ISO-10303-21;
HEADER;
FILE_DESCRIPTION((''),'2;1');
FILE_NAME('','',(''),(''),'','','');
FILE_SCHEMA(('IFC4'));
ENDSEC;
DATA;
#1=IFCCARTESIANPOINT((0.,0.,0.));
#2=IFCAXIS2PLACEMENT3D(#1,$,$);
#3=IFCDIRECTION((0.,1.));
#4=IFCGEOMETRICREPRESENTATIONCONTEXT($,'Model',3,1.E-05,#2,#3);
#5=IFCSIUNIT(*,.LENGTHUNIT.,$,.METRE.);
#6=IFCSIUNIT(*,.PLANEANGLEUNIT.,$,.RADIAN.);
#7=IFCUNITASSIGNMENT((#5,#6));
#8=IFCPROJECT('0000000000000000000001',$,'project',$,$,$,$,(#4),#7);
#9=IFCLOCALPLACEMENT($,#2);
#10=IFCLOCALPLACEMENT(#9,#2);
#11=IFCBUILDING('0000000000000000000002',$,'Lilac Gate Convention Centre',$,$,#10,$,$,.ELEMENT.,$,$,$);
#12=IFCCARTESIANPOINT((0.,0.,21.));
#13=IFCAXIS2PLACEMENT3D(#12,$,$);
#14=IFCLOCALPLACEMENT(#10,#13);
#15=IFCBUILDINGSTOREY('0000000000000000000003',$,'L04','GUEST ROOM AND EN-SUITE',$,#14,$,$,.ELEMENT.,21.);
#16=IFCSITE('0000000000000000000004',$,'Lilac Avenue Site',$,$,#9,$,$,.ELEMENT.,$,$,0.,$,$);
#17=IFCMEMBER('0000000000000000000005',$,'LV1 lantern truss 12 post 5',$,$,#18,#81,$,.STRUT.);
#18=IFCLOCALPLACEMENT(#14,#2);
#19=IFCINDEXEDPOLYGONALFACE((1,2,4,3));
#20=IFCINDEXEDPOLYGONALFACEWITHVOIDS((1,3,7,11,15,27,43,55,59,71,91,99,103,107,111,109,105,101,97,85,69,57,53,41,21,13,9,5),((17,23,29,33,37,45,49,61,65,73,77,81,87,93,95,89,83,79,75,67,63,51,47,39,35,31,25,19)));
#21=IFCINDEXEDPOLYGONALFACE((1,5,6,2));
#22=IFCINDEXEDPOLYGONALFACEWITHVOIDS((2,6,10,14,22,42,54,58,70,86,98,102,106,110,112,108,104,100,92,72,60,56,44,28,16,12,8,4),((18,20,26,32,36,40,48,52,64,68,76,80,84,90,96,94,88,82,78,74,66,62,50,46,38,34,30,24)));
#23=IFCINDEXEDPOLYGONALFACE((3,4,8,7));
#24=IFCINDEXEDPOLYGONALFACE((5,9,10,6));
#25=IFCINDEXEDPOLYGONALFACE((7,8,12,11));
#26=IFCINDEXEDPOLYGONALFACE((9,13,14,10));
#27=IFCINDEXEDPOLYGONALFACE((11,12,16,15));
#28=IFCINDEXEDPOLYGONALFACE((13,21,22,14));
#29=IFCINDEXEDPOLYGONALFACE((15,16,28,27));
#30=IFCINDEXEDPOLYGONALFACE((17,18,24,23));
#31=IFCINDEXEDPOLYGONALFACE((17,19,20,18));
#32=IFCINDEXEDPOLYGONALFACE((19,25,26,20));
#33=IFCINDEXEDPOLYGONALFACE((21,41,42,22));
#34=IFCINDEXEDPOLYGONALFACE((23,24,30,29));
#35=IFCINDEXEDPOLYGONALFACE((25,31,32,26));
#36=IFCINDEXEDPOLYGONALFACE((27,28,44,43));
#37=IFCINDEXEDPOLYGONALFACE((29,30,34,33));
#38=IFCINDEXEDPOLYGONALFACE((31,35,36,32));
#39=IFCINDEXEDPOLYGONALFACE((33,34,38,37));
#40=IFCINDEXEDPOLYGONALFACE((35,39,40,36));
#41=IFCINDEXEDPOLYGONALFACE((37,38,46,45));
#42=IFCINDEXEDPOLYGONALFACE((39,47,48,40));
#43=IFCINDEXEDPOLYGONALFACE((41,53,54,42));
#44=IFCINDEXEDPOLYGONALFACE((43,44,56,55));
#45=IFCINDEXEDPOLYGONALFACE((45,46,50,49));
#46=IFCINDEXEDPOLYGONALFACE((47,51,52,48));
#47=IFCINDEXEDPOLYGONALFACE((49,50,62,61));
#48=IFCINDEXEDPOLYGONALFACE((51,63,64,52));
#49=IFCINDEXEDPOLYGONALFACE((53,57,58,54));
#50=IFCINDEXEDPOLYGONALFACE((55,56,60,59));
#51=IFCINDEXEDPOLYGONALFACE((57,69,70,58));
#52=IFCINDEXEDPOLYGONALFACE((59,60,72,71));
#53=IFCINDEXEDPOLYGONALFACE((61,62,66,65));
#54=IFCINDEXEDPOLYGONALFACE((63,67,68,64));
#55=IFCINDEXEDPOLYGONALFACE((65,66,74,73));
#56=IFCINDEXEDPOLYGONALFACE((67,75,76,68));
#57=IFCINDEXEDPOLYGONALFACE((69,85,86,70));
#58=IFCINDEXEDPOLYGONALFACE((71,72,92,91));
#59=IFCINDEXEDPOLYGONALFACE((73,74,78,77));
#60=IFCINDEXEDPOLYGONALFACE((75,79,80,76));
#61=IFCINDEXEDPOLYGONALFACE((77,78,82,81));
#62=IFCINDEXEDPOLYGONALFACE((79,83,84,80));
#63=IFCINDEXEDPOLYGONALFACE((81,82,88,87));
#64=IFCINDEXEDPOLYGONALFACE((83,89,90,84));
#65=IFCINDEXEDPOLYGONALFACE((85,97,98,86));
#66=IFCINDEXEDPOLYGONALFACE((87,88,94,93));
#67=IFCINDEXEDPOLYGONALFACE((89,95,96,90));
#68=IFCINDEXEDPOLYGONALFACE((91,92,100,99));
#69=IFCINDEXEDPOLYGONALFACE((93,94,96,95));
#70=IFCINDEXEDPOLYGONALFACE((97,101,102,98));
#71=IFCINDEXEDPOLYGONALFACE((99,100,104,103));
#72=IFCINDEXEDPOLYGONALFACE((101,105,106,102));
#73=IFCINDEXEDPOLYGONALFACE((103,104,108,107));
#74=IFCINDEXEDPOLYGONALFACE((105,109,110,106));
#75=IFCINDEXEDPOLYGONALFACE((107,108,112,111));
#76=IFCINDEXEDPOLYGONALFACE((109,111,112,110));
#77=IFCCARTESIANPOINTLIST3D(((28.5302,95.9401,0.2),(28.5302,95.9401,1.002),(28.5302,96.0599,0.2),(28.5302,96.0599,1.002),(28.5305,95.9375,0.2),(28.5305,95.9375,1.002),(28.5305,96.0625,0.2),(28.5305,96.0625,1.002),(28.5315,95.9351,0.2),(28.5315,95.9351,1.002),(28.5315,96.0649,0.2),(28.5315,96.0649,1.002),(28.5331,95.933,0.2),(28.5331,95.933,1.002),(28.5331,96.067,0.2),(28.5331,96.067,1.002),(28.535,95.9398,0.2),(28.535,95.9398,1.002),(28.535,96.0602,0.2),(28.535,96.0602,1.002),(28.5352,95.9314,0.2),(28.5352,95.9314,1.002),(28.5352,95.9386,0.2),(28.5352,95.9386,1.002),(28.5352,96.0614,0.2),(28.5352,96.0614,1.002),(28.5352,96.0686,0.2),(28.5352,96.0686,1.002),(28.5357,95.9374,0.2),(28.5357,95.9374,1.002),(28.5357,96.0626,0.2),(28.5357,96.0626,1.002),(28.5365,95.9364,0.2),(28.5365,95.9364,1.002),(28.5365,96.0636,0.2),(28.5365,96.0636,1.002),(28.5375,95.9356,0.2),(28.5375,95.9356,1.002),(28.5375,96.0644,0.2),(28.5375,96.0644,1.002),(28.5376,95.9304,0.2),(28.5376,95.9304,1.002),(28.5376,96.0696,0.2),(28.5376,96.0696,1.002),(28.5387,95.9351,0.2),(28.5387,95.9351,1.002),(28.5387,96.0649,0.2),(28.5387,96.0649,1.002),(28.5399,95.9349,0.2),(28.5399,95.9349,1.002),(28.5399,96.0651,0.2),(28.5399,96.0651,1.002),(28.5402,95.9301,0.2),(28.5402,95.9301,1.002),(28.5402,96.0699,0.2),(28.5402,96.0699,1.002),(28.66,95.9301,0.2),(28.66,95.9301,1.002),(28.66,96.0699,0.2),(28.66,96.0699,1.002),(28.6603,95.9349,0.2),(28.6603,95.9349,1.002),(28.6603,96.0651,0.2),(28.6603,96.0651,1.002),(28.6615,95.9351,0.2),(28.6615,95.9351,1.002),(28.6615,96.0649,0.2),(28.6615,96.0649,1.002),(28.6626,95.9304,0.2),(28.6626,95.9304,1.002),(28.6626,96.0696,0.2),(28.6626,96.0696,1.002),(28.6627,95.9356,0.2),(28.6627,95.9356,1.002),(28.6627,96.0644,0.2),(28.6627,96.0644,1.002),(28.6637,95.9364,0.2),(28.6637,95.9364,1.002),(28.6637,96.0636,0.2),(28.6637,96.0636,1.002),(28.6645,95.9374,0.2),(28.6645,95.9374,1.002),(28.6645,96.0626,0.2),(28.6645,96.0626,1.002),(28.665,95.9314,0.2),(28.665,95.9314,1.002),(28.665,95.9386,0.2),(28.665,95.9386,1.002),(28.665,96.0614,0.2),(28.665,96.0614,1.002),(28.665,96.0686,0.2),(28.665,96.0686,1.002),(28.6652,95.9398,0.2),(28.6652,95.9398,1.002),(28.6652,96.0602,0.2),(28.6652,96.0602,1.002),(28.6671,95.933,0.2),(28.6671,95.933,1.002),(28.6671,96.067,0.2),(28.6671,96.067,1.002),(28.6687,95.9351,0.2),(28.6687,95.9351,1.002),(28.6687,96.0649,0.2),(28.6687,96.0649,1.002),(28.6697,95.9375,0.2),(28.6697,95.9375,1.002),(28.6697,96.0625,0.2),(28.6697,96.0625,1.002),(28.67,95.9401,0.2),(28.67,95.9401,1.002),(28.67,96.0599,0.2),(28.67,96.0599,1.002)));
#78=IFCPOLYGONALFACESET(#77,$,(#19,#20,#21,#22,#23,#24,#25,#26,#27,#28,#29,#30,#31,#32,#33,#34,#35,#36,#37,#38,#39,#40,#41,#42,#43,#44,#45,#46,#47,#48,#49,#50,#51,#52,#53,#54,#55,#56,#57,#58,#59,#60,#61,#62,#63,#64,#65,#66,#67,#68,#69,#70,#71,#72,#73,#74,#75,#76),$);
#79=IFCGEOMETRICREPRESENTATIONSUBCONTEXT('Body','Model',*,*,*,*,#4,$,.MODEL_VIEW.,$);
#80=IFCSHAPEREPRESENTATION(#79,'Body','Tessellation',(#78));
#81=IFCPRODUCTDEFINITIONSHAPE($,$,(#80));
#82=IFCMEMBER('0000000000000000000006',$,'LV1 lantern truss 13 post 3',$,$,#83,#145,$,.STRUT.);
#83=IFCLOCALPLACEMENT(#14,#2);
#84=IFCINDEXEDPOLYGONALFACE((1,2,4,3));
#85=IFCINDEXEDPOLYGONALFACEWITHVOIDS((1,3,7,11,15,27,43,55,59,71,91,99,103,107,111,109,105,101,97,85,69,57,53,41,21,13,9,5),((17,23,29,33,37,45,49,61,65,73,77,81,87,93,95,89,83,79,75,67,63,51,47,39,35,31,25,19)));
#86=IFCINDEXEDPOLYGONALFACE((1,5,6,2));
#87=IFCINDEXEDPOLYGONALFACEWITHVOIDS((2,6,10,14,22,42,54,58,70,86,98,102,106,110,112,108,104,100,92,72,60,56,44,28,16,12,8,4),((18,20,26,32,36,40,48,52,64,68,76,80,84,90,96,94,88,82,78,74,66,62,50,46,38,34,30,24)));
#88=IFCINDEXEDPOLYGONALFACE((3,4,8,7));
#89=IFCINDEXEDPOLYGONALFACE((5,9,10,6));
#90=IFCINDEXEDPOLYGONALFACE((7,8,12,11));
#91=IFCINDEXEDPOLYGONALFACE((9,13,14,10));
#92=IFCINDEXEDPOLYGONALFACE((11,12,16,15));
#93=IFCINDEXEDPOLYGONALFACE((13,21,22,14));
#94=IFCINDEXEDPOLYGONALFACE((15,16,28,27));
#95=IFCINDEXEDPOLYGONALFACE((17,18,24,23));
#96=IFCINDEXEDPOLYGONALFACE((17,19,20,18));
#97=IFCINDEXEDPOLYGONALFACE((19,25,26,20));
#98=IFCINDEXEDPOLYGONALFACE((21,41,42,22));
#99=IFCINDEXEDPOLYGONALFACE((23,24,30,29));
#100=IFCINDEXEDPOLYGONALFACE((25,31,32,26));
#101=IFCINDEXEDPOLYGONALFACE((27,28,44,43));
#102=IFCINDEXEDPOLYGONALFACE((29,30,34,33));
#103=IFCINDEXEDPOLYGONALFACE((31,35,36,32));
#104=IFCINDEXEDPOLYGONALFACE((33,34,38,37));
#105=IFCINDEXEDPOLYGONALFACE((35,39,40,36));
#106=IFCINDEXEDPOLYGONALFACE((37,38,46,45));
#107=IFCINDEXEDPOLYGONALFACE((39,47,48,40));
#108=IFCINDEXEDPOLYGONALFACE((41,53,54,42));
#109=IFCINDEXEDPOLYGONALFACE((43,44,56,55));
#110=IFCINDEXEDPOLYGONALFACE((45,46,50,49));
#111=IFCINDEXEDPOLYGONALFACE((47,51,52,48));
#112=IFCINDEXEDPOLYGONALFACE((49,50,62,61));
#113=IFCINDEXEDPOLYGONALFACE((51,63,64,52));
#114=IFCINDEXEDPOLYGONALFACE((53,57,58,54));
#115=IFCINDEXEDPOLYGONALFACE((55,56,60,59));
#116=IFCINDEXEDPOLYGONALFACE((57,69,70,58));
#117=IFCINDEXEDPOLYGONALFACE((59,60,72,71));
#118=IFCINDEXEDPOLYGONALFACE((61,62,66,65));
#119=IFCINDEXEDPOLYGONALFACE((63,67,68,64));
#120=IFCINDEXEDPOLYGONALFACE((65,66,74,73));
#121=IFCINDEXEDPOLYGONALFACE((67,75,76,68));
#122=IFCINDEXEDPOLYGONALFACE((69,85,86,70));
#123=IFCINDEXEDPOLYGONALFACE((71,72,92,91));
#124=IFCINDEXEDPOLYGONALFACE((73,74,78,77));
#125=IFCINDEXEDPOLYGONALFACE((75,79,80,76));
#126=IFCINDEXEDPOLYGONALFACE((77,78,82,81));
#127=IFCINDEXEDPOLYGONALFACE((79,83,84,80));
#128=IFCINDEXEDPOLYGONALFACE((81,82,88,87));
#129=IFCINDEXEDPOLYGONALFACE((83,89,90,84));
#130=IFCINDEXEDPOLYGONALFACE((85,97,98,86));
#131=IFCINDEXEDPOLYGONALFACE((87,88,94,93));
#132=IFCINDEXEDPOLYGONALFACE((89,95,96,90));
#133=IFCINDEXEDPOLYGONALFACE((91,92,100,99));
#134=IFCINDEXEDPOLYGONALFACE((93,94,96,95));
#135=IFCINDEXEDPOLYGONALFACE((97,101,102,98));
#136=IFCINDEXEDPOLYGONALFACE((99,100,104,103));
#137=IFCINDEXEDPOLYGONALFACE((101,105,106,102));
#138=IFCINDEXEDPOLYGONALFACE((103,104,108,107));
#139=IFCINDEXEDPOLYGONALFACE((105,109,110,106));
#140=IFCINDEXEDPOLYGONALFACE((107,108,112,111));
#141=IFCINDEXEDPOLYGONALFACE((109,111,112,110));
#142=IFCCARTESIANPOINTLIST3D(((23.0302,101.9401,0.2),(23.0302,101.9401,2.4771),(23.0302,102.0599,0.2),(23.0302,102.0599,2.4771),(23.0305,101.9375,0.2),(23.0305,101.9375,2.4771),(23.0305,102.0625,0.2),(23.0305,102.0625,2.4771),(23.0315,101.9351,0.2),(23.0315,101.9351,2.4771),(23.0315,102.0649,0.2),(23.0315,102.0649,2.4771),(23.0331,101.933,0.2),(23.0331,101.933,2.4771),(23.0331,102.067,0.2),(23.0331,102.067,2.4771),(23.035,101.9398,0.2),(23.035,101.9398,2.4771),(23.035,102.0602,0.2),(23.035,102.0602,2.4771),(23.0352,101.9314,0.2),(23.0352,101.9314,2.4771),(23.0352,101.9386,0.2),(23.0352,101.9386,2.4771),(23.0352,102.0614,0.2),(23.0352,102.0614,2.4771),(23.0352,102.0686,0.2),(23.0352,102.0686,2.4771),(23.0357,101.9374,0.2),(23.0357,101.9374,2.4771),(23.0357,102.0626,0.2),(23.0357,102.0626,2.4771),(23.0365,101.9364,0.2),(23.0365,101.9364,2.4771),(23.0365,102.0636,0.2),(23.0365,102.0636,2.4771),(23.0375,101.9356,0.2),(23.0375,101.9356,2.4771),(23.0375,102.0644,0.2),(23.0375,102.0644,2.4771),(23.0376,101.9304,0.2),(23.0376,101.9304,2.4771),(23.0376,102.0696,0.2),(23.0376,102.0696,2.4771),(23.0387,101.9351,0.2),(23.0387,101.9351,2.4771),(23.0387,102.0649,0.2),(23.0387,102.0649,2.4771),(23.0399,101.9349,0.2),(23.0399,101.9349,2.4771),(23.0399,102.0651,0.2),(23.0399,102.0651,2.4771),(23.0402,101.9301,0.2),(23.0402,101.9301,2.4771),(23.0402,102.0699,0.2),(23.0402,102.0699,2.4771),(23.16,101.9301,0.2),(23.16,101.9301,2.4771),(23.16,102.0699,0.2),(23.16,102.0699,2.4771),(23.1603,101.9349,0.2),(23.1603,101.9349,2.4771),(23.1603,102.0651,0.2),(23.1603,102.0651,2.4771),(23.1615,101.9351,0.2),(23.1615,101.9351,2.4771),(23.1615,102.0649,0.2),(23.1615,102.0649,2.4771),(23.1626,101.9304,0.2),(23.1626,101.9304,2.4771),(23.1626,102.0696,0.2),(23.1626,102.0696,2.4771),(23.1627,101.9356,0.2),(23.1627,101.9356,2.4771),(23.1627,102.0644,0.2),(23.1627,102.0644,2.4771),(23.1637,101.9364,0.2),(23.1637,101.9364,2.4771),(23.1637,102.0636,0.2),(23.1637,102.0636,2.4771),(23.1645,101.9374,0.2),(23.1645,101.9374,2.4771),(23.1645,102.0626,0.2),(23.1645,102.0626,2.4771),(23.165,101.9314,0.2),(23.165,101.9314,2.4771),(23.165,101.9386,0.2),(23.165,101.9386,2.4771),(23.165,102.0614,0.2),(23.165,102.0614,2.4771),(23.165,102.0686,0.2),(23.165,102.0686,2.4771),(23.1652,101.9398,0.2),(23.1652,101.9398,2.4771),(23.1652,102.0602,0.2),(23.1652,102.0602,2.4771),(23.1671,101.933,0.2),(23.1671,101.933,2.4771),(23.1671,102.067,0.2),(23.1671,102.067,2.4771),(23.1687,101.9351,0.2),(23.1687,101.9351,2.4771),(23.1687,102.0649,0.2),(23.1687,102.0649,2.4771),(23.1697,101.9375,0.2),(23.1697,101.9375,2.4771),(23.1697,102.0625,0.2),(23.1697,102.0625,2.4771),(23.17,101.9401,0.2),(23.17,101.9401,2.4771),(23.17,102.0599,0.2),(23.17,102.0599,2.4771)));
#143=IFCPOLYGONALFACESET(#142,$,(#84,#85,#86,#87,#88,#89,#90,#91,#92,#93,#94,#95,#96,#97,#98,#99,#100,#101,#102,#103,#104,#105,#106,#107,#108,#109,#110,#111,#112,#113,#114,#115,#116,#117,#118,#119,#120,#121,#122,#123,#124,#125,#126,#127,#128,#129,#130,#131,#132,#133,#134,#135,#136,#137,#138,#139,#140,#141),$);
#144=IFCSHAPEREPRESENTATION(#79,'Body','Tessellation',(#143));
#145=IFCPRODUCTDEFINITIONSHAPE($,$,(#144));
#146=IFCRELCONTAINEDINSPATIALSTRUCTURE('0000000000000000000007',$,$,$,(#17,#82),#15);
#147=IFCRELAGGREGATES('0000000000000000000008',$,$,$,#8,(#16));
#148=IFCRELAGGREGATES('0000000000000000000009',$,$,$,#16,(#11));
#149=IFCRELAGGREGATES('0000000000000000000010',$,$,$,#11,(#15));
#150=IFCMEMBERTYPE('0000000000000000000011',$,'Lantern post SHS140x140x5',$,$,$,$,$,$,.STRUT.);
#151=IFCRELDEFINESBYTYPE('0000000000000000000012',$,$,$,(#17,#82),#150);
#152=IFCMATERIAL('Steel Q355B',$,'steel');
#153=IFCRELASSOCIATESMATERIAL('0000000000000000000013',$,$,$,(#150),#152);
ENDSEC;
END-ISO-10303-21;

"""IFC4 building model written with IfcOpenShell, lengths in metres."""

from ifc_helpers import new_model, si_unit, direction, frame, origin, origin_2d, place, context, subcontext, project, spatial, hollow_rectangle, extrude, material, material_profile, profile_set, type_object, element, save


model = new_model("IFC4")

# Units and contexts
model_context = context("Model", 3, precision=1e-05, world=origin(), true_north=direction((0.0, 1.0)))
body_context = subcontext(model_context, "Body", "Model", "MODEL_VIEW")
ifc_project = project(units=[si_unit("LENGTHUNIT", "METRE"), si_unit("PLANEANGLEUNIT", "RADIAN")], contexts=[model_context])

# Site, building, storey
site_placement = place(None, origin())
site = spatial("IfcSite", under=ifc_project, at=site_placement, Name="Lilac Avenue Site", CompositionType="ELEMENT", RefElevation=0.0)
building_placement = place(site_placement, origin())
building = spatial("IfcBuilding", under=site, at=building_placement, Name="Lilac Gate Convention Centre", CompositionType="ELEMENT")
storey_placement = place(building_placement, frame((0.0, 0.0, 21.0)))
storey = spatial("IfcBuildingStorey", under=building, at=storey_placement, Name="L04", Description="GUEST ROOM AND EN-SUITE", CompositionType="ELEMENT", Elevation=21.0)

# Members
ifc_material_1 = material(Name="Steel Q355B", Category="steel")
ifc_material_profile_1 = material_profile(ifc_material_1, hollow_rectangle(XDim=0.1399, YDim=0.1399, WallThickness=0.0049, InnerFilletRadius=0.0049, OuterFilletRadius=0.01, at=origin_2d()), Name="SHS140x140x5")
ifc_profile_set_1 = profile_set([ifc_material_profile_1], Name="Steel Q355B")
member_type_1 = type_object("IfcMemberType", Name="Lantern post SHS140x140x5", PredefinedType="STRUT", material=ifc_profile_set_1)
member_1_placement = place(storey_placement, frame((28.6001, 96.0, 0.2), z_axis=(0.0, 0.0, 1.0), x_axis=(1.0, 0.0, 0.0)))
element("IfcMember", 1, at=member_1_placement, inside=storey, type_object=member_type_1, Name="LV1 lantern truss 12 post 5", PredefinedType="STRUT", context=body_context, shape_type="SweptSolid", body=[
    extrude(hollow_rectangle(XDim=0.1399, YDim=0.1399, WallThickness=0.0049, InnerFilletRadius=0.0049, OuterFilletRadius=0.01, at=origin_2d()), origin(), (0.0, 0.0, 1.0), 0.802),
])
member_2_placement = place(storey_placement, frame((23.1001, 102.0, 0.2), z_axis=(0.0, 0.0, 1.0), x_axis=(1.0, 0.0, 0.0)))
element("IfcMember", 2, at=member_2_placement, inside=storey, type_object=member_type_1, Name="LV1 lantern truss 13 post 3", PredefinedType="STRUT", context=body_context, shape_type="SweptSolid", body=[
    extrude(hollow_rectangle(XDim=0.1399, YDim=0.1399, WallThickness=0.0049, InnerFilletRadius=0.0049, OuterFilletRadius=0.01, at=origin_2d()), origin(), (0.0, 0.0, 1.0), 2.2771),
])

save(model, "model.ifc")
